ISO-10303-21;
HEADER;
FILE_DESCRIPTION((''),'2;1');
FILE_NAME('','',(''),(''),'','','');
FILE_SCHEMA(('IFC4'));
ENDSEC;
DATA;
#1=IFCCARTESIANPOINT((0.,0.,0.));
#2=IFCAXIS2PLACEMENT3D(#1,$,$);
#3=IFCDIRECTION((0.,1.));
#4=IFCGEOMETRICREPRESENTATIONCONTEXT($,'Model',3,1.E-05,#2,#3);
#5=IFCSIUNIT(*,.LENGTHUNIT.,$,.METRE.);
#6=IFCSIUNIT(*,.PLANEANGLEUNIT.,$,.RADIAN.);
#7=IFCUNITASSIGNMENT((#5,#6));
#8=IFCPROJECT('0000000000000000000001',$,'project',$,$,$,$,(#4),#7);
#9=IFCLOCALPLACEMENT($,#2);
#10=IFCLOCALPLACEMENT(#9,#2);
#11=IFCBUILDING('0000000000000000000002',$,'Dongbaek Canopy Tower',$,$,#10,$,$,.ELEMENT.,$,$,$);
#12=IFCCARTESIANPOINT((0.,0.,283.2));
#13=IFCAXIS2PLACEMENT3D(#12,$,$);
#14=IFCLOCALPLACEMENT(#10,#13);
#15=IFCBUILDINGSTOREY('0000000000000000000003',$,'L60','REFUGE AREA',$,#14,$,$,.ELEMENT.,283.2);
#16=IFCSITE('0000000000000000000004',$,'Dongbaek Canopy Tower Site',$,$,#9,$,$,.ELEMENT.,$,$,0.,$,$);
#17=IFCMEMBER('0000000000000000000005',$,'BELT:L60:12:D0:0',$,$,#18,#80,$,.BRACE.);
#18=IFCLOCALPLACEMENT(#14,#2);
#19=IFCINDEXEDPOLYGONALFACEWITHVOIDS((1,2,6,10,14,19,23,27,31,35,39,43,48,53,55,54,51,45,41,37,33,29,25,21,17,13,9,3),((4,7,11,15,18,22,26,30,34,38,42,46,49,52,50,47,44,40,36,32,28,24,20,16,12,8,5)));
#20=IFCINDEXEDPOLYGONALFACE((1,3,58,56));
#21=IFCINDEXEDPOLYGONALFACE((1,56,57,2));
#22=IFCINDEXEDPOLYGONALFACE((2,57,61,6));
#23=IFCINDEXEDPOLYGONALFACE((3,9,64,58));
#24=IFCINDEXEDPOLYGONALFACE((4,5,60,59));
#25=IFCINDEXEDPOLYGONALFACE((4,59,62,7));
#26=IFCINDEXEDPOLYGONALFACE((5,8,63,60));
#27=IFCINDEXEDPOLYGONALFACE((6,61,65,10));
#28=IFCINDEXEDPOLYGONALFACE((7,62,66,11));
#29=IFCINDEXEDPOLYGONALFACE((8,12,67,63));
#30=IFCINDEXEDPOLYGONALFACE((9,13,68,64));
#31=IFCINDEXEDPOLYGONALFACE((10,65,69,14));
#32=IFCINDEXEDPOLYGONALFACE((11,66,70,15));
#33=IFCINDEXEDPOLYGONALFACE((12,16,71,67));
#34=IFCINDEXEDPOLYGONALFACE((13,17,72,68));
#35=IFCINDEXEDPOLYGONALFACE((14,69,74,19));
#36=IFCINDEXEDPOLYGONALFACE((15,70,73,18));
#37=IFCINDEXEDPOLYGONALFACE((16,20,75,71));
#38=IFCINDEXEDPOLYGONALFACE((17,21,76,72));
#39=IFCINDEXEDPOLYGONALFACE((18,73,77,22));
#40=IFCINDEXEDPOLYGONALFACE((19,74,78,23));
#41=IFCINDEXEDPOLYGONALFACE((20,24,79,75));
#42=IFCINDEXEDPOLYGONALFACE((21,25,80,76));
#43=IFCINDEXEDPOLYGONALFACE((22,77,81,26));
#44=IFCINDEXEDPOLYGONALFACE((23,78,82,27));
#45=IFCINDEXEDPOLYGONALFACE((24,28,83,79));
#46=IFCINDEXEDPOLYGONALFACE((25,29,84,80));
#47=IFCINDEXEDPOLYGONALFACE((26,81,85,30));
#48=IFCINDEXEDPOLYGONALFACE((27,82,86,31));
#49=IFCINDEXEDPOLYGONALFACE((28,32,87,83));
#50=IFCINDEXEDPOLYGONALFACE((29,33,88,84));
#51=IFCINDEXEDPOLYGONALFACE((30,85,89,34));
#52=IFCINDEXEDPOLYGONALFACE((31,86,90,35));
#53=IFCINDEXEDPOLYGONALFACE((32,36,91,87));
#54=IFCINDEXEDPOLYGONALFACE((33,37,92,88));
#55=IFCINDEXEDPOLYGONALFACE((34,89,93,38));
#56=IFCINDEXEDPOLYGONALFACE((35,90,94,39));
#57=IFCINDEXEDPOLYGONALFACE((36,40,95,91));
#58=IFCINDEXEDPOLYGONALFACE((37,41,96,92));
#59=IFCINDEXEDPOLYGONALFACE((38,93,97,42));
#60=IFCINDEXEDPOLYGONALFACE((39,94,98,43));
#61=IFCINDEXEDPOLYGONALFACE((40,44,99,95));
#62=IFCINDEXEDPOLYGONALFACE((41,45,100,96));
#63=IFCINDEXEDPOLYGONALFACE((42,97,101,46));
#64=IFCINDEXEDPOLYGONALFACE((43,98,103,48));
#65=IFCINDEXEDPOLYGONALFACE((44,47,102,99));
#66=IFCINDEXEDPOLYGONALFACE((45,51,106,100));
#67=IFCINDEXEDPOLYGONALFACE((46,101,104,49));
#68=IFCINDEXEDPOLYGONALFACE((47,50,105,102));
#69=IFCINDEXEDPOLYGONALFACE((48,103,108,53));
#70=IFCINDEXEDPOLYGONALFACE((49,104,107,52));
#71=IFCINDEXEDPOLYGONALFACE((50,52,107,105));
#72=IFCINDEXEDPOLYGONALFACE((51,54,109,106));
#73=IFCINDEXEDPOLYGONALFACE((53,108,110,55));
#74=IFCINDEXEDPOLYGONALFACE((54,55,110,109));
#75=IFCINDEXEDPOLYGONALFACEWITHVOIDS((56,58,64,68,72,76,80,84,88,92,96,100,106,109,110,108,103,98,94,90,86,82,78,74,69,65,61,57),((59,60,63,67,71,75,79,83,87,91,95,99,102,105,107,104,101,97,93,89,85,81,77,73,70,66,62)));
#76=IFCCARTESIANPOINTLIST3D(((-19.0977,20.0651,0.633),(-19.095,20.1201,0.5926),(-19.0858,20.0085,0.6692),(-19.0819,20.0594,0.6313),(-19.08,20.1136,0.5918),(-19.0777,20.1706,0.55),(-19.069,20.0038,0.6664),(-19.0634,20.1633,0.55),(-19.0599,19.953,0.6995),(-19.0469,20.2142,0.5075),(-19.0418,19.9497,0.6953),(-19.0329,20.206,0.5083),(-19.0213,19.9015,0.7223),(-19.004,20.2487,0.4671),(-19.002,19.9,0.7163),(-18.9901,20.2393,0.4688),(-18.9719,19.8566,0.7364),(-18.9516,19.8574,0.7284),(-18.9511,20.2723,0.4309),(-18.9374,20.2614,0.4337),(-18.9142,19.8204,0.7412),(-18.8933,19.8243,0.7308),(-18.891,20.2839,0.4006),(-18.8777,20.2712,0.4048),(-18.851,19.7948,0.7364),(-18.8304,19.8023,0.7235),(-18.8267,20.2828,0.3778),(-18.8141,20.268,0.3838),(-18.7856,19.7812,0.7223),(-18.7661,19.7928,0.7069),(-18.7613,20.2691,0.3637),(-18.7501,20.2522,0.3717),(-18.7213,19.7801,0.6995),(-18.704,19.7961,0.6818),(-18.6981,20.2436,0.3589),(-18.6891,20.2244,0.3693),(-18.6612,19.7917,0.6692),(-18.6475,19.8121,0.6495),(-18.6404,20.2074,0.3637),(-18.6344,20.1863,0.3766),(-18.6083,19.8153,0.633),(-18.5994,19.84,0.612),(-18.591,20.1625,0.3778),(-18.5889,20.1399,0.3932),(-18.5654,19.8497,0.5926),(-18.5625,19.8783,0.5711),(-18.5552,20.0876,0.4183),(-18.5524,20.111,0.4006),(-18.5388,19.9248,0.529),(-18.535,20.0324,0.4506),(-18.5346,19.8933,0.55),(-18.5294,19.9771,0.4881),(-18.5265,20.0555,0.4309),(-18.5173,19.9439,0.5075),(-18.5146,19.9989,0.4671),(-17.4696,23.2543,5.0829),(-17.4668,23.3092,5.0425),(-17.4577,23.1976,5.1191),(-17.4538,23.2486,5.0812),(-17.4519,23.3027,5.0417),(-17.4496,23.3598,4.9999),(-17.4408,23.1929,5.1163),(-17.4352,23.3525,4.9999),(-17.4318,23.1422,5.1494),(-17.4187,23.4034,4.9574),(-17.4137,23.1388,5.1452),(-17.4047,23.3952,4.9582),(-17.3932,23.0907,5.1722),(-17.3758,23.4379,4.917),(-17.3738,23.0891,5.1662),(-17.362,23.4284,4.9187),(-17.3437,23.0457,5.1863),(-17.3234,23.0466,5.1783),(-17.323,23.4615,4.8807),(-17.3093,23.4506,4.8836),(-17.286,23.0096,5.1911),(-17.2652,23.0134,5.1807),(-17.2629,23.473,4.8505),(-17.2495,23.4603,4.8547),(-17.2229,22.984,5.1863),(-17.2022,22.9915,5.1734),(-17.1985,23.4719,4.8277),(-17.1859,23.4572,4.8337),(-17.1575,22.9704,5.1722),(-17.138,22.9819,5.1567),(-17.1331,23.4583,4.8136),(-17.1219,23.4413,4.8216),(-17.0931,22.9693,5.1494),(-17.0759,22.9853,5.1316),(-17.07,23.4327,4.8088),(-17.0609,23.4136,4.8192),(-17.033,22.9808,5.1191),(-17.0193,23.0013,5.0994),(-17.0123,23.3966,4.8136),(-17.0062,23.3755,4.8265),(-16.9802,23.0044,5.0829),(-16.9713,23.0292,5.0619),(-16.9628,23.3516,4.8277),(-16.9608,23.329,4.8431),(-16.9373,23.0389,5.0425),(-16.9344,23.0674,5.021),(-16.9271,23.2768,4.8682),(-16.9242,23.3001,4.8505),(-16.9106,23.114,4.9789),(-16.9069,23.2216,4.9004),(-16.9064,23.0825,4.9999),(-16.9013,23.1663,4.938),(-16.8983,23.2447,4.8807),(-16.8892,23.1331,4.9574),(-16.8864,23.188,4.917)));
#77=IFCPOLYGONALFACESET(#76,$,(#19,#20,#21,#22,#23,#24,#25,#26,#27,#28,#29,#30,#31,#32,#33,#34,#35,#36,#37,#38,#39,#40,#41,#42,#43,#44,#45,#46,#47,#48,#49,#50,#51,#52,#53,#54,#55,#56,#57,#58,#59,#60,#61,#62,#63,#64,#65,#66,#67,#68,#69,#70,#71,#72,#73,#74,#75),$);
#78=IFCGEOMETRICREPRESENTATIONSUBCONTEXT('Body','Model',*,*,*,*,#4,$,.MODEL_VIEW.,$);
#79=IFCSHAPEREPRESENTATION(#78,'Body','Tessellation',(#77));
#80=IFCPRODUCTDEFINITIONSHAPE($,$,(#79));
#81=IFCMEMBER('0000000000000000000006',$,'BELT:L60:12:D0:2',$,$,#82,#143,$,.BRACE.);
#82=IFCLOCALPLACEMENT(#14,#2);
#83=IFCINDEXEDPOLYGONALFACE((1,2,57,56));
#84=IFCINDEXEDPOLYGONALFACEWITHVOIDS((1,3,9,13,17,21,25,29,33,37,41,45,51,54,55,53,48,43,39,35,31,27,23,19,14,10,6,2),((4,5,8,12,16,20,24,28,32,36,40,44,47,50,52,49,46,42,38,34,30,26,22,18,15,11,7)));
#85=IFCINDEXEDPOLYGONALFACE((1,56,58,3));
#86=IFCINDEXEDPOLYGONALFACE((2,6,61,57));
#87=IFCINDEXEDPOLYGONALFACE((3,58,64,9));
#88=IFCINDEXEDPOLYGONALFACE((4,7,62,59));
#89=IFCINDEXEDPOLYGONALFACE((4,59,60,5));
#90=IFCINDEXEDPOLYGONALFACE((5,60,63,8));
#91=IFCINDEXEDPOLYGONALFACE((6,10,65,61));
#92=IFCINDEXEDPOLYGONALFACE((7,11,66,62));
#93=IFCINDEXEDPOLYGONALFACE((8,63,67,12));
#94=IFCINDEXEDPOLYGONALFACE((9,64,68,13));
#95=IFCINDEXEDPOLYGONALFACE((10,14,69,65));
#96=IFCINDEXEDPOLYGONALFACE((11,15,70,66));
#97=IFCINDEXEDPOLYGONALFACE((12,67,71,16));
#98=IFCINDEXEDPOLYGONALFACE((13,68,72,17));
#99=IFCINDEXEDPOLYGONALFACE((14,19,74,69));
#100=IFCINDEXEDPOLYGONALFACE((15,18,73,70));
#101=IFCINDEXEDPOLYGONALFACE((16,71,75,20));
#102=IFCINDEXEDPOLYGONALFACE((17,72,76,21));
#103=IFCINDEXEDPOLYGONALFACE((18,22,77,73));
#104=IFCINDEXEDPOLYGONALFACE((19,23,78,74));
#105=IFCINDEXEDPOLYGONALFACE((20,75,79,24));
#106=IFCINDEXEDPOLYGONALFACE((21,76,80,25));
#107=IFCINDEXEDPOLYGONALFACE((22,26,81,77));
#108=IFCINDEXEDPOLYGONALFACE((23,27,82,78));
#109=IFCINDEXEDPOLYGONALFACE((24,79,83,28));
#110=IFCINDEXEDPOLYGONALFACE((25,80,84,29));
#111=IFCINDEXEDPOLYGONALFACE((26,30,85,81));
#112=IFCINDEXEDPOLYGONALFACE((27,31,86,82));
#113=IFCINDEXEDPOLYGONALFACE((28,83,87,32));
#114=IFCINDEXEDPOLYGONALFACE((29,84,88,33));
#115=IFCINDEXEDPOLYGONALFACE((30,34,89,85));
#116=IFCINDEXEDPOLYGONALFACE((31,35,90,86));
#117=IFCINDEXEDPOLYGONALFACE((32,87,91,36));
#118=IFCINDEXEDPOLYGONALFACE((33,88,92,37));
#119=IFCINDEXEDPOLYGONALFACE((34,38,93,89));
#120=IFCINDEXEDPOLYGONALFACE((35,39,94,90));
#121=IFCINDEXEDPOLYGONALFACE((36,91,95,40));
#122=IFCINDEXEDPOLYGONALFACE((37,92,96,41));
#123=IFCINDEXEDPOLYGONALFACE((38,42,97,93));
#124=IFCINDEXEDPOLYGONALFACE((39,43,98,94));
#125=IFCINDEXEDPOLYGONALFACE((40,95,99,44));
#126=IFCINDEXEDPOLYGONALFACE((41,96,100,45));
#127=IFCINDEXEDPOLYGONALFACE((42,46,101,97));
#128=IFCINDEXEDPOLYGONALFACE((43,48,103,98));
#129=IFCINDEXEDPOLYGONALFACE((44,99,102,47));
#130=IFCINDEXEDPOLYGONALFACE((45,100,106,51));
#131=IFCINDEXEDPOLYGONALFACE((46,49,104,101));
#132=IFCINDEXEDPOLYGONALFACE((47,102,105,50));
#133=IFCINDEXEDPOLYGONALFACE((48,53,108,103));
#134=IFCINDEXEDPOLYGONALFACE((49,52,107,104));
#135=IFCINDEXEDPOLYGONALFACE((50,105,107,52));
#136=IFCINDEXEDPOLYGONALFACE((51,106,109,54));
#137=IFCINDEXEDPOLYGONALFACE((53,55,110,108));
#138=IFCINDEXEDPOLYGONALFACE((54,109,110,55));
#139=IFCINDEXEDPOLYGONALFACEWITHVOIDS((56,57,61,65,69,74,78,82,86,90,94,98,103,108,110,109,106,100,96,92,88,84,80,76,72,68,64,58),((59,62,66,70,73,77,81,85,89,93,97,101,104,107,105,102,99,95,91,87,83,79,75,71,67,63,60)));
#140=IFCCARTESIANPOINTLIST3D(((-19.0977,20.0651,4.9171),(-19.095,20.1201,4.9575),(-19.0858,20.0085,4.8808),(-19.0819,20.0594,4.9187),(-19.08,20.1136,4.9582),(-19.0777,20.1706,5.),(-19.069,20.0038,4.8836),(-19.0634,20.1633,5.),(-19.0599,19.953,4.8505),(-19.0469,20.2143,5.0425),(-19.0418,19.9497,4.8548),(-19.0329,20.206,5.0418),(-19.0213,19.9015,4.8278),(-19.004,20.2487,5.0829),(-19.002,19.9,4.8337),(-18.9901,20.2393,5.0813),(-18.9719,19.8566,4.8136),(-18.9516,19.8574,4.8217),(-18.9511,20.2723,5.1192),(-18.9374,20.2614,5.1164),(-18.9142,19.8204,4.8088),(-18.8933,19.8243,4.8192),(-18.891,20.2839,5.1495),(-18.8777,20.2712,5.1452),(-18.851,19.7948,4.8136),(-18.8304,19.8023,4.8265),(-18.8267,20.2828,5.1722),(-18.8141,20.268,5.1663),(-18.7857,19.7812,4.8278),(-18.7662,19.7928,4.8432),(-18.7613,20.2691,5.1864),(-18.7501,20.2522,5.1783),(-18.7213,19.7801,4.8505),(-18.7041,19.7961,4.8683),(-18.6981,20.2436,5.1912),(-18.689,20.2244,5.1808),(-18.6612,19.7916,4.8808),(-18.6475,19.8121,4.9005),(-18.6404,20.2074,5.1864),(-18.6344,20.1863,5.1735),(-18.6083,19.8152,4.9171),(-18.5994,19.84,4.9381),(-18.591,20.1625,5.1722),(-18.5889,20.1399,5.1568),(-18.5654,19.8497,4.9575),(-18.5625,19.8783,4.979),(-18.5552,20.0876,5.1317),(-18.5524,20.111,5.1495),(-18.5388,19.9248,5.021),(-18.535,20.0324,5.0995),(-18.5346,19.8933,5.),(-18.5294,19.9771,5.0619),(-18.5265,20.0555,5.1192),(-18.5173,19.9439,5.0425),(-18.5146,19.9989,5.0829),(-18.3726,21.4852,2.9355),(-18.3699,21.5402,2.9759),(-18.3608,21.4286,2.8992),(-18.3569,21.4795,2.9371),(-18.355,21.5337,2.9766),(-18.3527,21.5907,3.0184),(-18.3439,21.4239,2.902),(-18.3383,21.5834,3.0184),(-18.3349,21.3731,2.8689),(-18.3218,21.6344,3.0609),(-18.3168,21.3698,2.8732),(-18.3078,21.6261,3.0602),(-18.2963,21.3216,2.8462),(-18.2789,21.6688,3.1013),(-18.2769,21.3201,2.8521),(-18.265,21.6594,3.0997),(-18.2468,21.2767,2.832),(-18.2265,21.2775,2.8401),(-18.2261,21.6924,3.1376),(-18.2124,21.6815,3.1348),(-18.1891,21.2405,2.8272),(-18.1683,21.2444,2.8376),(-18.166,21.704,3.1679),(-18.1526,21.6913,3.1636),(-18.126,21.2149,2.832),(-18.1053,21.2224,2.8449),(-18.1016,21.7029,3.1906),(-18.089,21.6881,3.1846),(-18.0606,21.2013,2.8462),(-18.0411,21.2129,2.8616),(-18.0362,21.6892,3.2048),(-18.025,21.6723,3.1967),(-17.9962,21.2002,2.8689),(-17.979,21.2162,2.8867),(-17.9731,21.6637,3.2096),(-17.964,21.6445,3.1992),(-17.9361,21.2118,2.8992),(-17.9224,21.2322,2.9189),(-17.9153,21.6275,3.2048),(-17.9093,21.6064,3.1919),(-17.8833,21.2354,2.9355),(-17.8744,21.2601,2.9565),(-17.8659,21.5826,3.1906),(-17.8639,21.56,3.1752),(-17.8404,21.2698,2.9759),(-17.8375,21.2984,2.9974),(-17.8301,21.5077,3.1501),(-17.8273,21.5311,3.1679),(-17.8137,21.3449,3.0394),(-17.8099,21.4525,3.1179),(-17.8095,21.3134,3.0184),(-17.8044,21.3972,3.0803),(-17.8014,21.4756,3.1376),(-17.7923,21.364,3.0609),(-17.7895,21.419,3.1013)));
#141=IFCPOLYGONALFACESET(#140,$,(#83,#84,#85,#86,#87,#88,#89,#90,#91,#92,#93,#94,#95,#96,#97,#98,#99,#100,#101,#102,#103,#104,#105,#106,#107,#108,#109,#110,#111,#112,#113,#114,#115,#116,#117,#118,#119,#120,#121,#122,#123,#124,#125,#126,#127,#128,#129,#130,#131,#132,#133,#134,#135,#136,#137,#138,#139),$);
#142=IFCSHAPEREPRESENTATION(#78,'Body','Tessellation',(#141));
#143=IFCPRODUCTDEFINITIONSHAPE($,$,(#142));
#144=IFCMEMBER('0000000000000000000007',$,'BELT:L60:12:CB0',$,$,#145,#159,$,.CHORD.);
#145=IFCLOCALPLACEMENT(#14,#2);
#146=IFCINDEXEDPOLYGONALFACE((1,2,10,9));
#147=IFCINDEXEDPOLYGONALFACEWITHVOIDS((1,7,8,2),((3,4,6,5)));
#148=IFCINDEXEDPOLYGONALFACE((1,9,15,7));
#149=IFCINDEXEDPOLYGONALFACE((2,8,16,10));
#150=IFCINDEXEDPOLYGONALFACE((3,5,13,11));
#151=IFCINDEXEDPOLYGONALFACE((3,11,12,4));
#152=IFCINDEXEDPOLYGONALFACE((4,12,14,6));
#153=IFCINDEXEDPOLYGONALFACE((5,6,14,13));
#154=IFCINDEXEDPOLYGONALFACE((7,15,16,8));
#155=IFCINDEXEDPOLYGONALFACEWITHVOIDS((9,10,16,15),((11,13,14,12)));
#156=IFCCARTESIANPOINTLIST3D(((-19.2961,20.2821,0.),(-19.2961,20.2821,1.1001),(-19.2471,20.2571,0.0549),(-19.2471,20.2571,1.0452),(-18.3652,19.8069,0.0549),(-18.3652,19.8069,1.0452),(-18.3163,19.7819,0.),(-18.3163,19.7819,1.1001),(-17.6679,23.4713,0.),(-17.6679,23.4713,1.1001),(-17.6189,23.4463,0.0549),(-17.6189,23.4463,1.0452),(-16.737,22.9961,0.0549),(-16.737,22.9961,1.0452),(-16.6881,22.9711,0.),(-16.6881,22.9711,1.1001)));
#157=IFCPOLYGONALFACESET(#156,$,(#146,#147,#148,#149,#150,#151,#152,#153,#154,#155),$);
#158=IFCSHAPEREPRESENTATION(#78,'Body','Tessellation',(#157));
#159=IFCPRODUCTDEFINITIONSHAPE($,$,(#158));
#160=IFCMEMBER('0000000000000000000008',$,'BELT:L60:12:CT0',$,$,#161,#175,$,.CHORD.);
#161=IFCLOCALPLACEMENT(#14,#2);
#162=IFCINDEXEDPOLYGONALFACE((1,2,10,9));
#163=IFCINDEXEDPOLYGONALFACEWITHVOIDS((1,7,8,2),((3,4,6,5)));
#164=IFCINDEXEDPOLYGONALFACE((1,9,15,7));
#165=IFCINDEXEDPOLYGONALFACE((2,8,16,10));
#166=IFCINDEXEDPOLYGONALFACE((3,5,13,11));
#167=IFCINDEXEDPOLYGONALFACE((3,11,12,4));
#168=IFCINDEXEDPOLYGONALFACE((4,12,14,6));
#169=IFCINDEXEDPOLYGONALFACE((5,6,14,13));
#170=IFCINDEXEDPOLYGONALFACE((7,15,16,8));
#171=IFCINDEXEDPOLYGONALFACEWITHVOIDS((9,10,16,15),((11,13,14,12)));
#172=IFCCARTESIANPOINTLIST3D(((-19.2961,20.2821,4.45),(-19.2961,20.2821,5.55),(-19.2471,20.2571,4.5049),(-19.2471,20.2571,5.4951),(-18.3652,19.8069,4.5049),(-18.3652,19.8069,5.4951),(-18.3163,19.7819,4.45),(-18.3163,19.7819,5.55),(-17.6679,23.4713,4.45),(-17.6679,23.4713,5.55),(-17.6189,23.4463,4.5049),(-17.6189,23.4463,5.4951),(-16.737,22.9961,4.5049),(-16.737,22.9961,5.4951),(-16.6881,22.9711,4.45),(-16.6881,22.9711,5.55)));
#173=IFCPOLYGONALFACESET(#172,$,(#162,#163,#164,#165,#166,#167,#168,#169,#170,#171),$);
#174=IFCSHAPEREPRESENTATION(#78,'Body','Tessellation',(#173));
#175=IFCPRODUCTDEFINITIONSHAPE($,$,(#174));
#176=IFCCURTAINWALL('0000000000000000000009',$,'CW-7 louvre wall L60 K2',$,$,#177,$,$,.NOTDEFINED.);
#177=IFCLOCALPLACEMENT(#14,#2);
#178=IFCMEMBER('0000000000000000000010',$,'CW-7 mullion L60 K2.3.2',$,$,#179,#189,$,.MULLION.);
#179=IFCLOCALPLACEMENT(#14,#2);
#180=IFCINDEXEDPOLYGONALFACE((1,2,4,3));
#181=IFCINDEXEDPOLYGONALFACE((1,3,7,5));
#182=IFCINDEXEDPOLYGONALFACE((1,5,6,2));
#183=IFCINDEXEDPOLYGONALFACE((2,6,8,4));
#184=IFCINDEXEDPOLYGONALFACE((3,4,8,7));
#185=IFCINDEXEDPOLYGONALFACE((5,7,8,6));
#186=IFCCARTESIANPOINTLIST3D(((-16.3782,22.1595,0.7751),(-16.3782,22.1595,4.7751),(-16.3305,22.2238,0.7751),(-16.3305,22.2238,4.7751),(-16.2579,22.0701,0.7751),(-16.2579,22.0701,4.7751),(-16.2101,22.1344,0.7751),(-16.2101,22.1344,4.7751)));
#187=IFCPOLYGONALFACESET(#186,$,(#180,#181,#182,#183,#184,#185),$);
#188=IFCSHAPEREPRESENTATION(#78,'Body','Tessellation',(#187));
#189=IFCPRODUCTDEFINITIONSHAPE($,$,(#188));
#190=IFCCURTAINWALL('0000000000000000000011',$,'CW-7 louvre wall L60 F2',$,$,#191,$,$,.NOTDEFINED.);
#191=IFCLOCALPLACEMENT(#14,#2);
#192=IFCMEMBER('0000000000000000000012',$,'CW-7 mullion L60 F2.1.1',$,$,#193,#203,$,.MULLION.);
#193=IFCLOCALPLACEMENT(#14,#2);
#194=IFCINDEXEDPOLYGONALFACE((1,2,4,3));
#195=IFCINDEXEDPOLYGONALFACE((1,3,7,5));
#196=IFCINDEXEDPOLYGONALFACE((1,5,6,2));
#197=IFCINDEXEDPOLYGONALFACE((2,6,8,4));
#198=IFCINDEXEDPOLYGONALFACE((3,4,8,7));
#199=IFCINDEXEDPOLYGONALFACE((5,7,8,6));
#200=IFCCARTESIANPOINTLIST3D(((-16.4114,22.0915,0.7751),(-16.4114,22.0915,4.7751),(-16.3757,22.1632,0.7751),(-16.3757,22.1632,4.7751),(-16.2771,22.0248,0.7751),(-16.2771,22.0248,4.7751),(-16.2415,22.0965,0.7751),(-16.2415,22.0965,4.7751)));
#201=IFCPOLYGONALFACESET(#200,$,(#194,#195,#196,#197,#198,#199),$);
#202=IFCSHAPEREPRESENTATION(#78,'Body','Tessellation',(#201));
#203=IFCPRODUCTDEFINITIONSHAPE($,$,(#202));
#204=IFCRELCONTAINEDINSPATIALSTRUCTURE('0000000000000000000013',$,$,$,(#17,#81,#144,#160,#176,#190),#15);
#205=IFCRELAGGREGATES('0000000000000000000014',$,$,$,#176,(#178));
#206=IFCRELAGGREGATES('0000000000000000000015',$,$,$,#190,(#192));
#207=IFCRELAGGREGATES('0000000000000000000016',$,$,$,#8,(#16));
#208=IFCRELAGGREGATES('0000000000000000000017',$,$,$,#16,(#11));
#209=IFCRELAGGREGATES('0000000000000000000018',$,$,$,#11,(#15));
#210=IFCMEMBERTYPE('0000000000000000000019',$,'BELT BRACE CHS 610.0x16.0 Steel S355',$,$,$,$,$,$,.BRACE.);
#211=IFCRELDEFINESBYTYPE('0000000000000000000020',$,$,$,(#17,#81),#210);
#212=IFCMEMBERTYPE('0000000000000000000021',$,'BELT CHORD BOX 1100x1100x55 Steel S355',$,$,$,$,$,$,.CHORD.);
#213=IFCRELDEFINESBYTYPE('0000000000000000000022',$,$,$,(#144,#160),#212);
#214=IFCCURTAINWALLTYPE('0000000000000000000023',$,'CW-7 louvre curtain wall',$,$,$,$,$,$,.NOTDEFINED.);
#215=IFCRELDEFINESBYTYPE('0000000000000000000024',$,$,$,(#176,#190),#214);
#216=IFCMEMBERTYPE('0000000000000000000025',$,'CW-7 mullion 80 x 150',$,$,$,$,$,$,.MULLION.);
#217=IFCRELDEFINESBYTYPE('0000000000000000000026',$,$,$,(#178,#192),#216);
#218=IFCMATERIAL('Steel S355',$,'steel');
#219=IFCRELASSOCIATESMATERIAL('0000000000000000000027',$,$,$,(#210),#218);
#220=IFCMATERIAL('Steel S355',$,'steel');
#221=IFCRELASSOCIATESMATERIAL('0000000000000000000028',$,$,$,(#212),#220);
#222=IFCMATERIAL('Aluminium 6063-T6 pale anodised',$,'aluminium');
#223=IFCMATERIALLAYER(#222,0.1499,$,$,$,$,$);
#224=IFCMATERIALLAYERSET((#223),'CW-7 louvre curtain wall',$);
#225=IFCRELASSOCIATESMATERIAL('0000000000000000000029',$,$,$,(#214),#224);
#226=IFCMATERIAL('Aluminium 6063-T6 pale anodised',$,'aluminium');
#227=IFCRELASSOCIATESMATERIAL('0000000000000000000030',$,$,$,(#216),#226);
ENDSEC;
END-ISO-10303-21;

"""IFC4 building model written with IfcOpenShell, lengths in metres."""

from ifc_helpers import new_model, si_unit, direction, frame, origin, origin_2d, place, context, subcontext, project, spatial, rectangle, hollow_rectangle, hollow_circle, extrude, material, layer, layer_set, material_profile, profile_set, type_object, element, aggregate, save


model = new_model("IFC4")

# Units and contexts
model_context = context("Model", 3, precision=1e-05, world=origin(), true_north=direction((0.0, 1.0)))
body_context = subcontext(model_context, "Body", "Model", "MODEL_VIEW")
ifc_project = project(units=[si_unit("LENGTHUNIT", "METRE"), si_unit("PLANEANGLEUNIT", "RADIAN")], contexts=[model_context])

# Site, building, storey
site_placement = place(None, origin())
site = spatial("IfcSite", under=ifc_project, at=site_placement, Name="Dongbaek Canopy Tower Site", CompositionType="ELEMENT", RefElevation=0.0)
building_placement = place(site_placement, origin())
building = spatial("IfcBuilding", under=site, at=building_placement, Name="Dongbaek Canopy Tower", CompositionType="ELEMENT")
storey_placement = place(building_placement, frame((0.0, 0.0, 283.2)))
storey = spatial("IfcBuildingStorey", under=building, at=storey_placement, Name="L60", Description="REFUGE AREA", CompositionType="ELEMENT", Elevation=283.2)

# Members
ifc_material_1 = material(Name="Steel S355", Category="steel")
ifc_material_profile_1 = material_profile(ifc_material_1, hollow_circle(Radius=0.3049, WallThickness=0.0161, at=origin_2d()), Name="BELT BRACE CHS 610.0x16.0 Steel S355")
ifc_profile_set_1 = profile_set([ifc_material_profile_1], Name="Steel S355")
member_type_1 = type_object("IfcMemberType", Name="BELT BRACE CHS 610.0x16.0 Steel S355", PredefinedType="BRACE", material=ifc_profile_set_1)
member_1_placement = place(storey_placement, frame((-18.8062, 20.032, 0.55), z_axis=(0.285057, 0.55836, 0.779087), x_axis=(-0.890646, 0.454698, 0.0)))
element("IfcMember", 1, at=member_1_placement, inside=storey, type_object=member_type_1, Name="BELT:L60:12:D0:0", PredefinedType="BRACE", context=body_context, shape_type="SweptSolid", body=[
    extrude(hollow_circle(Radius=0.3049, WallThickness=0.0161, at=origin_2d()), origin(), (0.0, 0.0, 1.0), 5.7117),
])
member_2_placement = place(storey_placement, frame((-18.8062, 20.032, 5.0), z_axis=(0.285071, 0.558336, -0.779099), x_axis=(-0.890629, 0.454731, 0.0)))
element("IfcMember", 2, at=member_2_placement, inside=storey, type_object=member_type_1, Name="BELT:L60:12:D0:2", PredefinedType="BRACE", context=body_context, shape_type="SweptSolid", body=[
    extrude(hollow_circle(Radius=0.3049, WallThickness=0.0161, at=origin_2d()), origin(), (0.0, 0.0, 1.0), 2.5435),
])
ifc_material_2 = material(Name="Steel S355", Category="steel")
ifc_material_profile_2 = material_profile(ifc_material_2, hollow_rectangle(XDim=1.1001, YDim=1.1001, WallThickness=0.0549, at=origin_2d()), Name="BELT CHORD BOX 1100x1100x55 Steel S355")
ifc_profile_set_2 = profile_set([ifc_material_profile_2], Name="Steel S355")
member_type_2 = type_object("IfcMemberType", Name="BELT CHORD BOX 1100x1100x55 Steel S355", PredefinedType="CHORD", material=ifc_profile_set_2)
for number, where, z_axis, x_axis, name in (
    (3, (-18.8062, 20.032, 0.55), (0.454698, 0.890646, 0.0), (-0.890646, 0.454698, 0.0), "BELT:L60:12:CB0"),
    (4, (-18.8062, 20.032, 5.0), (0.454698, 0.890646, 0.0), (-0.890646, 0.454698, 0.0), "BELT:L60:12:CT0"),
):
    element("IfcMember", number, at=place(storey_placement, frame(where, z_axis=z_axis, x_axis=x_axis)), inside=storey, type_object=member_type_2, Name=name, PredefinedType="CHORD", context=body_context, shape_type="SweptSolid", body=[
        extrude(hollow_rectangle(XDim=1.1001, YDim=1.1001, WallThickness=0.0549, at=origin_2d()), origin(), (0.0, 0.0, 1.0), 3.5808),
    ])

# Curtain wall, member
ifc_material_3 = material(Name="Aluminium 6063-T6 pale anodised", Category="aluminium")
ifc_layer_1 = layer(ifc_material_3, 0.1499)
ifc_layer_set_1 = layer_set([ifc_layer_1], Name="CW-7 louvre curtain wall")
curtain_wall_type = type_object("IfcCurtainWallType", Name="CW-7 louvre curtain wall", PredefinedType="NOTDEFINED", material=ifc_layer_set_1)
curtain_wall_1_placement = place(storey_placement, origin())
curtain_wall_1 = element("IfcCurtainWall", 5, at=curtain_wall_1_placement, inside=storey, type_object=curtain_wall_type, Name="CW-7 louvre wall L60 K2", PredefinedType="NOTDEFINED")
ifc_material_4 = material(Name="Aluminium 6063-T6 pale anodised", Category="aluminium")
ifc_material_profile_3 = material_profile(ifc_material_4, rectangle(XDim=0.1499, YDim=0.0801, at=origin_2d()), Name="CW-7 mullion 80 x 150")
ifc_profile_set_3 = profile_set([ifc_material_profile_3], Name="Aluminium 6063-T6 pale anodised")
member_type_3 = type_object("IfcMemberType", Name="CW-7 mullion 80 x 150", PredefinedType="MULLION", material=ifc_profile_set_3)
member_3_placement = place(storey_placement, frame((-16.2942, 22.147, 0.7751), z_axis=(0.0, 0.0, 1.0), x_axis=(-0.802889, 0.596129, 0.0)))
member_3 = element("IfcMember", 6, at=member_3_placement, type_object=member_type_3, Name="CW-7 mullion L60 K2.3.2", PredefinedType="MULLION", context=body_context, shape_type="SweptSolid", body=[
    extrude(rectangle(XDim=0.1499, YDim=0.0801, at=origin_2d()), origin(), (0.0, 0.0, 1.0), 4.0),
])

# Curtain wall, member
curtain_wall_2_placement = place(storey_placement, origin())
curtain_wall_2 = element("IfcCurtainWall", 7, at=curtain_wall_2_placement, inside=storey, type_object=curtain_wall_type, Name="CW-7 louvre wall L60 F2", PredefinedType="NOTDEFINED")
member_4_placement = place(storey_placement, frame((-16.3264, 22.094, 0.7751), z_axis=(0.0, 0.0, 1.0), x_axis=(-0.895549, 0.444962, 0.0)))
member_4 = element("IfcMember", 8, at=member_4_placement, type_object=member_type_3, Name="CW-7 mullion L60 F2.1.1", PredefinedType="MULLION", context=body_context, shape_type="SweptSolid", body=[
    extrude(rectangle(XDim=0.1499, YDim=0.0801, at=origin_2d()), origin(), (0.0, 0.0, 1.0), 4.0),
])

aggregate(curtain_wall_1, [member_3])
aggregate(curtain_wall_2, [member_4])

save(model, "model.ifc")
